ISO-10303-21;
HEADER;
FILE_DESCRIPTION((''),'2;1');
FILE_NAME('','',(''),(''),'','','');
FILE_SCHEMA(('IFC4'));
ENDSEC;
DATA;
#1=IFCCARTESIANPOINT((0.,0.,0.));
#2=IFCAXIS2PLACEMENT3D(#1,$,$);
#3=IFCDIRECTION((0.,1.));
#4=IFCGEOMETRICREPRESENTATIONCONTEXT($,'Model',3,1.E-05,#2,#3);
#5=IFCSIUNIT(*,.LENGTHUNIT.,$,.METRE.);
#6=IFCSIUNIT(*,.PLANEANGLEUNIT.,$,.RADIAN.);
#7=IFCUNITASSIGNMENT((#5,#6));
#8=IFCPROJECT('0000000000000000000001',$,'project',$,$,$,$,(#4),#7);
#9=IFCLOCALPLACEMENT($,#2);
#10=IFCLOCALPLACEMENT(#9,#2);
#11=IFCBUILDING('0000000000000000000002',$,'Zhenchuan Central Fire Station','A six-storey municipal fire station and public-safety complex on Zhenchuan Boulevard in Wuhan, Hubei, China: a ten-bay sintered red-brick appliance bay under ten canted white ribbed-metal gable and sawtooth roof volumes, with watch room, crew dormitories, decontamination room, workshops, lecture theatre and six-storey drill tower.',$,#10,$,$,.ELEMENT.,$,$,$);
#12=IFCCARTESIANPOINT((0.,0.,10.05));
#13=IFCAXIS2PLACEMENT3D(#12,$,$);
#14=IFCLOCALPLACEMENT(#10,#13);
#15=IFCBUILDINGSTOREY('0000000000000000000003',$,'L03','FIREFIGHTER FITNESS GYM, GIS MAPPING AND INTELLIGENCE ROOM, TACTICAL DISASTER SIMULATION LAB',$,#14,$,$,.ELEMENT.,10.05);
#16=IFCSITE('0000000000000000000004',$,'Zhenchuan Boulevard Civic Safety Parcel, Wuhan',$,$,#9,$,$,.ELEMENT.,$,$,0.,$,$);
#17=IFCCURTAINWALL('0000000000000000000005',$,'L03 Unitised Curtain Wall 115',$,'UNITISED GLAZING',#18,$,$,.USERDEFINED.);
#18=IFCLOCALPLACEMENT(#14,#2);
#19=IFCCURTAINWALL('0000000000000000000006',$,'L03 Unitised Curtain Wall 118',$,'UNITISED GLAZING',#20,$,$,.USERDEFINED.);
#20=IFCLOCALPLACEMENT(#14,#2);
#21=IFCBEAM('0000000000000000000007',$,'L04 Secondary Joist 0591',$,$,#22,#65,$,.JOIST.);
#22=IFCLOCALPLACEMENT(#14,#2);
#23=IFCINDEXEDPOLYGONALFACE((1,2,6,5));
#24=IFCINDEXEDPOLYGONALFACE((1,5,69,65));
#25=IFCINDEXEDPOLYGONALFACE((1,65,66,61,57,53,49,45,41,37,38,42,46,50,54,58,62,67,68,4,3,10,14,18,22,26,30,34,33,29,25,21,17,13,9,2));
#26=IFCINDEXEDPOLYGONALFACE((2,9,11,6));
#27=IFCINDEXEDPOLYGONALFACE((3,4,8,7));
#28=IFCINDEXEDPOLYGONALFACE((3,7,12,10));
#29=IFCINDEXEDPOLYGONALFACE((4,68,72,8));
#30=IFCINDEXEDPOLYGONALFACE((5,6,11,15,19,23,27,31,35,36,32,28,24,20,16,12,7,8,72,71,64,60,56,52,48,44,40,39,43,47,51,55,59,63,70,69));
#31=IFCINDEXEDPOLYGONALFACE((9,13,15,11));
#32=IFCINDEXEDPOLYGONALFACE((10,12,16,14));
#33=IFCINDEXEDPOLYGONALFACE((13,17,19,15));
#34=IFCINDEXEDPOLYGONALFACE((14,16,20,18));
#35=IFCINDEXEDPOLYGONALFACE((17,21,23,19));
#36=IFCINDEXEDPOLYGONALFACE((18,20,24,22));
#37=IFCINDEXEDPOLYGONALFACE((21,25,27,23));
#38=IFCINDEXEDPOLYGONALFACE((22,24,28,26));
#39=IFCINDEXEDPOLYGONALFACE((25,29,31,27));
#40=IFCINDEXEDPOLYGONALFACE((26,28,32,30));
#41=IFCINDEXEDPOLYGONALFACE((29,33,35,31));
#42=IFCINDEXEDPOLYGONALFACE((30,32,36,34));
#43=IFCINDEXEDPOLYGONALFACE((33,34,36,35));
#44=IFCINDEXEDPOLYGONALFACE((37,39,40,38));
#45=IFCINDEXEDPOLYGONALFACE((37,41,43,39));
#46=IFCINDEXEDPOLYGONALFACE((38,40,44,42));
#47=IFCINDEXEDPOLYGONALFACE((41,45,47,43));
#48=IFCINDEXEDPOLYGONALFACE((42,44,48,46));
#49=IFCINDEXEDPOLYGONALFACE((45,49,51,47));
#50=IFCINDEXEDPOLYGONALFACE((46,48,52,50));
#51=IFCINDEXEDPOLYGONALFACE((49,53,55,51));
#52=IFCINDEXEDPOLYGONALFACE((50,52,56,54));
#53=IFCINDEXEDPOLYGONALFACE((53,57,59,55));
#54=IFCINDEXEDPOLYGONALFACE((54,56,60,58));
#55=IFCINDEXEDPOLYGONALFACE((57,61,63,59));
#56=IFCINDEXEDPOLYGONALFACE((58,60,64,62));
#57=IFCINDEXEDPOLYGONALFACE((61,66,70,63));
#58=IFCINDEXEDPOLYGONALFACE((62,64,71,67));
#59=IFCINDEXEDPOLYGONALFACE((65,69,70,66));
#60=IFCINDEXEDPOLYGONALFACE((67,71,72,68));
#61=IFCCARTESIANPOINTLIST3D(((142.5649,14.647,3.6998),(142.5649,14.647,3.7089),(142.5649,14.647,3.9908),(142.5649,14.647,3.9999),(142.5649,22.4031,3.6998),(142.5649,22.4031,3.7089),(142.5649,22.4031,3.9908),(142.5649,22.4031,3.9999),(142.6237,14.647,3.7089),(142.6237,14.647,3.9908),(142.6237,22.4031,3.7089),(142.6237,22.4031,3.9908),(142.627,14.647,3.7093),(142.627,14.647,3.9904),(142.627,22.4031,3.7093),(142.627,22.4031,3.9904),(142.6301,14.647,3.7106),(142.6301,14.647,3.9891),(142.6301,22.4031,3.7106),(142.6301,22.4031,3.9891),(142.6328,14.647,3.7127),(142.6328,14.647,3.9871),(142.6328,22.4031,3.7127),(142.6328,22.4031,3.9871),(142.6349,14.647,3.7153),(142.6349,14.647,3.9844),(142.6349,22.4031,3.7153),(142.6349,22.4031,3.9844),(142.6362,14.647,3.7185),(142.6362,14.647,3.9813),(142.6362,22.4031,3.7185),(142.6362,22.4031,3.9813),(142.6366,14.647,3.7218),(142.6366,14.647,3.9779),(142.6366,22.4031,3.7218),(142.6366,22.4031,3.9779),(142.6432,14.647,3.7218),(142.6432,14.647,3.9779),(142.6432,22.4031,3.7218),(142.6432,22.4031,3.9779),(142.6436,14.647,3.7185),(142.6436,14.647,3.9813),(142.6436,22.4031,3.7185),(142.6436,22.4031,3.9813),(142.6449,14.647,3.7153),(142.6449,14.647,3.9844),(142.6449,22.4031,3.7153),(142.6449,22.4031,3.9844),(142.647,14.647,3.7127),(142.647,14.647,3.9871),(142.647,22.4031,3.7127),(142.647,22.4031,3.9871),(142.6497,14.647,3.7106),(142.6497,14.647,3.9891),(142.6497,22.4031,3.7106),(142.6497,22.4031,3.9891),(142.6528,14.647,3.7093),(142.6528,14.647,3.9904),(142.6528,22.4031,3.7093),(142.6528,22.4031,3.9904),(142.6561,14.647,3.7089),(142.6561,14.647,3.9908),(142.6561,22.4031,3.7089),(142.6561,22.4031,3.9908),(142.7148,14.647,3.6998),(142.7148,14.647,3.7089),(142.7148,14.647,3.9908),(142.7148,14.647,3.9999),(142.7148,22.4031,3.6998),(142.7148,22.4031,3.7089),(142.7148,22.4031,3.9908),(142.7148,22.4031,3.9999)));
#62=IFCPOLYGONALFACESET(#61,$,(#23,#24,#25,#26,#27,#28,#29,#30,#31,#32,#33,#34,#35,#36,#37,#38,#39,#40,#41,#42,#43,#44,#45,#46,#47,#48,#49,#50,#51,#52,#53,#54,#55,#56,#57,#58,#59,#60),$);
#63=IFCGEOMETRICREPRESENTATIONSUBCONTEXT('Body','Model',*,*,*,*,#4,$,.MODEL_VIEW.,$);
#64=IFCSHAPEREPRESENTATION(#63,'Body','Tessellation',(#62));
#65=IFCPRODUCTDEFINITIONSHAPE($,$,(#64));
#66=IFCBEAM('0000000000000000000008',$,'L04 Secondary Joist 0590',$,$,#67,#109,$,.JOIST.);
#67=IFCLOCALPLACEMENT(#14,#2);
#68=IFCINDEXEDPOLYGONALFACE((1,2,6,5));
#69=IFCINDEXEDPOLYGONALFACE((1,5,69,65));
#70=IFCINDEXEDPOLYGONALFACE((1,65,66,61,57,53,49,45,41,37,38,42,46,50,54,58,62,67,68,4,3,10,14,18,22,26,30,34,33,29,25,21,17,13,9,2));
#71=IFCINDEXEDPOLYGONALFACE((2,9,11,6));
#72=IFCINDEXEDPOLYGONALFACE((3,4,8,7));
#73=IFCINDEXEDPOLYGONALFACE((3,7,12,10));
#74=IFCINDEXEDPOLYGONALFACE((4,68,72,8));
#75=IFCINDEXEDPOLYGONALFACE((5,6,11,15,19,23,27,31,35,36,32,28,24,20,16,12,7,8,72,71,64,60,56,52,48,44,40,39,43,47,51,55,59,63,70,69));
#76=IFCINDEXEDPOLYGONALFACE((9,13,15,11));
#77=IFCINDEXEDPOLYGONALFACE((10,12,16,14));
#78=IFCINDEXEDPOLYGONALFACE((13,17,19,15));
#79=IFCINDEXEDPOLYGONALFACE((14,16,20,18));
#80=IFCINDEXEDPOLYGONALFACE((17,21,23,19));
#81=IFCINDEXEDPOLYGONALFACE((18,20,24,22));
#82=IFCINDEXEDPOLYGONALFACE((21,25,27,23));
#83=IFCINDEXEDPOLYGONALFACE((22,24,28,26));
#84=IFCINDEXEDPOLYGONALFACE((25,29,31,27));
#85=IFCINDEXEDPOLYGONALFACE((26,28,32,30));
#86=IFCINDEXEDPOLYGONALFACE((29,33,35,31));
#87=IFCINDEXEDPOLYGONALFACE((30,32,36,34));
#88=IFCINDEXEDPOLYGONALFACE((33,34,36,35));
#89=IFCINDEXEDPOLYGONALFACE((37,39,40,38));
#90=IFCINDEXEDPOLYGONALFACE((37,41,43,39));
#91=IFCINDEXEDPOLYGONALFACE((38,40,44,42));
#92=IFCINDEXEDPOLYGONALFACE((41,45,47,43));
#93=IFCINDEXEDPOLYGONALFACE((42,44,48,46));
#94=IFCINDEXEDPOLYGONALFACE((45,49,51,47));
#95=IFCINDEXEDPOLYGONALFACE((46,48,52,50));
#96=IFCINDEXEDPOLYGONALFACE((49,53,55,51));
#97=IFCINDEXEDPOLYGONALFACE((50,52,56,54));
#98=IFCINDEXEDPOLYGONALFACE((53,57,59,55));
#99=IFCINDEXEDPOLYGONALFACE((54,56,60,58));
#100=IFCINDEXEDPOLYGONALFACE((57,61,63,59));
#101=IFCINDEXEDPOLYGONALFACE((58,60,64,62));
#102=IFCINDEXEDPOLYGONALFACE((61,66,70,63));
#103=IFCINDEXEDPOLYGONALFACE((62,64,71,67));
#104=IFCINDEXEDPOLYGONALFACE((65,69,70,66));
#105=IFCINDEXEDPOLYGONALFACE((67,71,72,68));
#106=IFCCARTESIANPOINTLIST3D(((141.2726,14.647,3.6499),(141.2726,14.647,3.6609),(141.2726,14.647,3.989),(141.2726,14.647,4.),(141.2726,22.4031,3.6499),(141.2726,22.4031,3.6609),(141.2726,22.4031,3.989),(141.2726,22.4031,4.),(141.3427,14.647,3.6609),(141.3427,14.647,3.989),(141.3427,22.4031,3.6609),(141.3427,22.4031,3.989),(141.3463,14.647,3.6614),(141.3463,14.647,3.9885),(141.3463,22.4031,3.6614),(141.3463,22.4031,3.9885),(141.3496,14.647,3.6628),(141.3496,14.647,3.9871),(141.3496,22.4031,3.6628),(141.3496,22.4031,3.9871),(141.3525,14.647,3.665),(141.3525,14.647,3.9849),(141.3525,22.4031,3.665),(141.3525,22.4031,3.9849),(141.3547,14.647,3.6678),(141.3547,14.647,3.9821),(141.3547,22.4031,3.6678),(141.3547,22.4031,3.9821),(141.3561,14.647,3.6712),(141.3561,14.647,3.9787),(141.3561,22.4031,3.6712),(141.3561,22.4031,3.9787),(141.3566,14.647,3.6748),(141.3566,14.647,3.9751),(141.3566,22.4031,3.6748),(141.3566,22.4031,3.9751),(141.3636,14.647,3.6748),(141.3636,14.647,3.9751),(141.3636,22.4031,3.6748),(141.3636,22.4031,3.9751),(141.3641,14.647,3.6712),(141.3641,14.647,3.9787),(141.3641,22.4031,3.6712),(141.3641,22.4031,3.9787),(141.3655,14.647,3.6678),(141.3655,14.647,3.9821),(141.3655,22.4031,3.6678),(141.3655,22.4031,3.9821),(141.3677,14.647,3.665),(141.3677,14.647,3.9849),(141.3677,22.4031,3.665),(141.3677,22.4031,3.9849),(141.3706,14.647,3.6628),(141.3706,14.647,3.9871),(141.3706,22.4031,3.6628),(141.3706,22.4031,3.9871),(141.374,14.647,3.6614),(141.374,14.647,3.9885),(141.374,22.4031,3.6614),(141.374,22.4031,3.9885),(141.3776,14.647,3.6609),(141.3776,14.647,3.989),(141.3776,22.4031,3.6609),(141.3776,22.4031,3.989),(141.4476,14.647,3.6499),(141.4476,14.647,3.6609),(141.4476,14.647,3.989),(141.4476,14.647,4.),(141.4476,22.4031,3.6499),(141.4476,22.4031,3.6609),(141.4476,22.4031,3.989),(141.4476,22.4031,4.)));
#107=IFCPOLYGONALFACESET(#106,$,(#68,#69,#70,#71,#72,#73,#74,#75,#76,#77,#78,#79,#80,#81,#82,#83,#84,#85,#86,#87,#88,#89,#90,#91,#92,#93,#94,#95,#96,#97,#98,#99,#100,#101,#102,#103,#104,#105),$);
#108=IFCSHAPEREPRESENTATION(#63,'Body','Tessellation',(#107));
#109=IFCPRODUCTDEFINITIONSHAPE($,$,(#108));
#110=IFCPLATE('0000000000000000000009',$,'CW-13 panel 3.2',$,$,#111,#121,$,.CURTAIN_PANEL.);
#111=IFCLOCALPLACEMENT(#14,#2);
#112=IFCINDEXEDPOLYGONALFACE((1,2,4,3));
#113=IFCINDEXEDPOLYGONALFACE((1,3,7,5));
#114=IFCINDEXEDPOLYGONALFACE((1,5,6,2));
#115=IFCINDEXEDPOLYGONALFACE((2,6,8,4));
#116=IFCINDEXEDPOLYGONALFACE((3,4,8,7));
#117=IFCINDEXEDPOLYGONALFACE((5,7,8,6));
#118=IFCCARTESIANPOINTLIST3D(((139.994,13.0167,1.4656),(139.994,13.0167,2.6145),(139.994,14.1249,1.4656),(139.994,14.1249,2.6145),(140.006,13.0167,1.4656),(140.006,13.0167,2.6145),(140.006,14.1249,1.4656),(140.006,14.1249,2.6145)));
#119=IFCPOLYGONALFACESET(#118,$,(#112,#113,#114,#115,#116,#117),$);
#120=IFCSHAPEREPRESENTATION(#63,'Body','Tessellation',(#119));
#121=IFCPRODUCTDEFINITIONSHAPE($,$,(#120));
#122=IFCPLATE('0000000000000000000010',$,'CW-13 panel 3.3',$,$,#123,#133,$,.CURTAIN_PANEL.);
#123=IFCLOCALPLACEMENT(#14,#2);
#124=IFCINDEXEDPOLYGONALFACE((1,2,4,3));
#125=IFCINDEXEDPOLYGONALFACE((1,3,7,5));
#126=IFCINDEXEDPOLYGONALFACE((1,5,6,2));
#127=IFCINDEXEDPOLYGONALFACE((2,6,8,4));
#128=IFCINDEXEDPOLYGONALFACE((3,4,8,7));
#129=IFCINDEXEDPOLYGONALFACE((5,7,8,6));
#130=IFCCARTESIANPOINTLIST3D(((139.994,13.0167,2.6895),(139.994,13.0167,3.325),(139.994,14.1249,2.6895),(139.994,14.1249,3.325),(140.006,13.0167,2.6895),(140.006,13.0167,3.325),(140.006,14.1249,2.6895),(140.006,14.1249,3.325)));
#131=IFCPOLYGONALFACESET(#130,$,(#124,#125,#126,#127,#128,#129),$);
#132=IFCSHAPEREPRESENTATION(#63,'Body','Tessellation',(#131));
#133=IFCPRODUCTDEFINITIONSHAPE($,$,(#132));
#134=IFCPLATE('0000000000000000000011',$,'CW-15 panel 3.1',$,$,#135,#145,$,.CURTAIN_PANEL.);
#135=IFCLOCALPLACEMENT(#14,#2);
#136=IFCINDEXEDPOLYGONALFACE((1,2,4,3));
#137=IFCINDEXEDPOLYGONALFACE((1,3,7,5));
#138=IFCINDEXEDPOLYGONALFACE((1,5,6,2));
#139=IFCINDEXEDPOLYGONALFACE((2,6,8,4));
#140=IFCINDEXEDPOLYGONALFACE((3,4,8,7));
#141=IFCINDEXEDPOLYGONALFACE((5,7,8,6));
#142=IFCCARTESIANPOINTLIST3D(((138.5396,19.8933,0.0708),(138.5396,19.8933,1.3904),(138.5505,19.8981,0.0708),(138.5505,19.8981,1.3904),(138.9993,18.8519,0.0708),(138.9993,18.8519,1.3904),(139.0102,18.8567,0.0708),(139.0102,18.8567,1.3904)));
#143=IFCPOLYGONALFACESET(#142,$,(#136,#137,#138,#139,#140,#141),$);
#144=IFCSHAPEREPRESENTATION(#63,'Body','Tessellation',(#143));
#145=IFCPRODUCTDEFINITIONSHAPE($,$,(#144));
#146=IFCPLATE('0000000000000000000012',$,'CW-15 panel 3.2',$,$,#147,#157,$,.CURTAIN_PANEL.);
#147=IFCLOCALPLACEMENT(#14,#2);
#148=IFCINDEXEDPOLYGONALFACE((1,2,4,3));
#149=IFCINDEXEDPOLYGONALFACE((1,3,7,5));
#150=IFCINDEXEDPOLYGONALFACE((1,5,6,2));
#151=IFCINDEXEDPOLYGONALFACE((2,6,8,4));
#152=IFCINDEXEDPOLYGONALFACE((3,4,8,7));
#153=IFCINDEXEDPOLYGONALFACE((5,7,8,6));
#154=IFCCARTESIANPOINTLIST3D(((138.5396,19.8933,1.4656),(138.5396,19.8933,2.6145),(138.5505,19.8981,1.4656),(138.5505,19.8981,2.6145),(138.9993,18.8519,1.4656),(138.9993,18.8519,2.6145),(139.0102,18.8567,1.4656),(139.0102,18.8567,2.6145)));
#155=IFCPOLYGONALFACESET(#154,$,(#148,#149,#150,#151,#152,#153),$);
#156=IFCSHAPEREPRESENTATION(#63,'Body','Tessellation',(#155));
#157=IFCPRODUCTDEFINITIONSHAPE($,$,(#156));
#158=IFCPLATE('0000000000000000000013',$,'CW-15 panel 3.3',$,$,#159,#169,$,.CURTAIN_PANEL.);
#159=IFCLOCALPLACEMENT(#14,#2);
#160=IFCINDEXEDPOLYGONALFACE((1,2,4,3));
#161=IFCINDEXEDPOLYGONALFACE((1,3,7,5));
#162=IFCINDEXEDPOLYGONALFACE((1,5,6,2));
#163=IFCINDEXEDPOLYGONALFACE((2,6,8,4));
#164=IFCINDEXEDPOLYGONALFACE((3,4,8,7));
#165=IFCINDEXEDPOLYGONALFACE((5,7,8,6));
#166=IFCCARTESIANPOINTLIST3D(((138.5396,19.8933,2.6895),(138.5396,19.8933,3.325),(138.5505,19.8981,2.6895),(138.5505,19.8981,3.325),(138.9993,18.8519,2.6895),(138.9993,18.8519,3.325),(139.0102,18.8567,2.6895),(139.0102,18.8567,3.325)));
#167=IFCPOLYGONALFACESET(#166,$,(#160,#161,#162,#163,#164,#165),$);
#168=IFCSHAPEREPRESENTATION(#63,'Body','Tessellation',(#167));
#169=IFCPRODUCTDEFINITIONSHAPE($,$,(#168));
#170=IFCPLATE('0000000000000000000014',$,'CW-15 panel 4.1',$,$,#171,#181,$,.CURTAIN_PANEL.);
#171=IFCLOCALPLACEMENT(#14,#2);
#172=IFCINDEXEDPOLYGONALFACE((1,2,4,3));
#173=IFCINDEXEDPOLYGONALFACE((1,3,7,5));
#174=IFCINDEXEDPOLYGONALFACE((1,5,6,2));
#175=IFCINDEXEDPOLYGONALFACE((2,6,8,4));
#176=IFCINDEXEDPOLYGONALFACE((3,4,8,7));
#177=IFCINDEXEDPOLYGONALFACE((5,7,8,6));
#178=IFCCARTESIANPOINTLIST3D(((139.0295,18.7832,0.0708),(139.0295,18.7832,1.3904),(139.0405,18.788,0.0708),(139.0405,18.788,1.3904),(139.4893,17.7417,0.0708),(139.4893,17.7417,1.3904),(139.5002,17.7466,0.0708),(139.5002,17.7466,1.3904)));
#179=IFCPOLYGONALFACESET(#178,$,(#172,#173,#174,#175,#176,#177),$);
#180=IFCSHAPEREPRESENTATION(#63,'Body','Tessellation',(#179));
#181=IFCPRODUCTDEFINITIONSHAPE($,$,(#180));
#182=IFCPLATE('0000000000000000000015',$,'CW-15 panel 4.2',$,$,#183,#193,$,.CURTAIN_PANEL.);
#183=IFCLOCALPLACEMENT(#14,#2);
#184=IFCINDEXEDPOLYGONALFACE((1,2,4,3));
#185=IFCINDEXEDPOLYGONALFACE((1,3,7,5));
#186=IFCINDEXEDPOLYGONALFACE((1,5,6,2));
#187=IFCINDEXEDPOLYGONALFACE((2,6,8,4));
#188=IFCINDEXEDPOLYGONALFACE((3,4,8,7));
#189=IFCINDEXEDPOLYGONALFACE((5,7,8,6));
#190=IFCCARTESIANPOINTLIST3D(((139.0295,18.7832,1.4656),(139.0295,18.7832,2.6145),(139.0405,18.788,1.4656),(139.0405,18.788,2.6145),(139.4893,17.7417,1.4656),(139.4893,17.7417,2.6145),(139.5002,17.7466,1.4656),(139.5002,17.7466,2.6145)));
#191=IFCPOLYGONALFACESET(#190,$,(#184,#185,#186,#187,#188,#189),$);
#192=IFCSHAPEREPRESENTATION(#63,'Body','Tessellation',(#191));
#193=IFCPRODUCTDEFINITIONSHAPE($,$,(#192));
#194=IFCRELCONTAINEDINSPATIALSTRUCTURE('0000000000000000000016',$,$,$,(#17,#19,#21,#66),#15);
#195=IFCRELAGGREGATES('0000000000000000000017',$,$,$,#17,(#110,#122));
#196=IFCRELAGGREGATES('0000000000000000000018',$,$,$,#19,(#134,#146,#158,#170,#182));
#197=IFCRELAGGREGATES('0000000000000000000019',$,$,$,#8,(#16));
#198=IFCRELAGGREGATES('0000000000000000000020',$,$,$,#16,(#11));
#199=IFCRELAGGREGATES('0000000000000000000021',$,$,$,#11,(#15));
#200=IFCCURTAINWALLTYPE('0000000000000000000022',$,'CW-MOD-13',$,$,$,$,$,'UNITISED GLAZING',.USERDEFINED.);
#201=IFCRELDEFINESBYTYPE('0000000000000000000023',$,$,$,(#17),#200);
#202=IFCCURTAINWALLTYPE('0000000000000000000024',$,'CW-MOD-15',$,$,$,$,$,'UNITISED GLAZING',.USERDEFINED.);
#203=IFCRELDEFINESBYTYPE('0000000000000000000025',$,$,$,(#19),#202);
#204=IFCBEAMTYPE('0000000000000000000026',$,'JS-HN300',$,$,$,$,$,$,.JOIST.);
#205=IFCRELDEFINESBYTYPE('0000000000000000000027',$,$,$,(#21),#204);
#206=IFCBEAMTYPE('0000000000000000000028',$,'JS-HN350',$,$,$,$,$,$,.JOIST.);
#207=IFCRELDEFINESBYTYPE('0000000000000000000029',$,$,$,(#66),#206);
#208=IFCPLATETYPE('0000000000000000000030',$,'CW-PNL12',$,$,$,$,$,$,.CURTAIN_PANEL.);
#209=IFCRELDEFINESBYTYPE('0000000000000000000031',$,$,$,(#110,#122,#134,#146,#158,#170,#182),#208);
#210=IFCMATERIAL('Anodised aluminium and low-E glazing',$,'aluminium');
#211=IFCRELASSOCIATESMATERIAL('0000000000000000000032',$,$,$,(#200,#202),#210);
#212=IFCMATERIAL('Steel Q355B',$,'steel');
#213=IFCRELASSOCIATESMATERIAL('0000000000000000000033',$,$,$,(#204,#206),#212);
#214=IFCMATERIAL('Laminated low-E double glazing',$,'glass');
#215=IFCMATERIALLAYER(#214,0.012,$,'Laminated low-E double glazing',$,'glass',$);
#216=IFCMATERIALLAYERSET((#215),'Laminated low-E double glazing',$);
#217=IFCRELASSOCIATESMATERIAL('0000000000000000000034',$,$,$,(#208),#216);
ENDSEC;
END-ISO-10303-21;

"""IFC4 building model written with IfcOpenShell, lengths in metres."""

from ifc_helpers import new_model, si_unit, direction, frame, origin, origin_2d, place, context, subcontext, project, spatial, rectangle, i_section, extrude, material, layer, layer_set, material_profile, profile_set, type_object, element, aggregate, save


model = new_model("IFC4")

# Units and contexts
model_context = context("Model", 3, precision=1e-05, world=origin(), true_north=direction((0.0, 1.0)))
body_context = subcontext(model_context, "Body", "Model", "MODEL_VIEW")
ifc_project = project(units=[si_unit("LENGTHUNIT", "METRE"), si_unit("PLANEANGLEUNIT", "RADIAN")], contexts=[model_context])

# Site, building, storey
site_placement = place(None, origin())
site = spatial("IfcSite", under=ifc_project, at=site_placement, Name="Zhenchuan Boulevard Civic Safety Parcel, Wuhan", CompositionType="ELEMENT", RefElevation=0.0)
building_placement = place(site_placement, origin())
building = spatial("IfcBuilding", under=site, at=building_placement, Name="Zhenchuan Central Fire Station", Description="A six-storey municipal fire station and public-safety complex on Zhenchuan Boulevard in Wuhan, Hubei, China: a ten-bay sintered red-brick appliance bay under ten canted white ribbed-metal gable and sawtooth roof volumes, with watch room, crew dormitories, decontamination room, workshops, lecture theatre and six-storey drill tower.", CompositionType="ELEMENT")
storey_placement = place(building_placement, frame((0.0, 0.0, 10.05)))
storey = spatial("IfcBuildingStorey", under=building, at=storey_placement, Name="L03", Description="FIREFIGHTER FITNESS GYM, GIS MAPPING AND INTELLIGENCE ROOM, TACTICAL DISASTER SIMULATION LAB", CompositionType="ELEMENT", Elevation=10.05)

# Shared definitions
ifc_material_1 = material(Name="Steel Q355B", Category="steel")

# Curtain wall
ifc_material_2 = material(Name="Anodised aluminium and low-E glazing", Category="aluminium")
curtain_wall_type_1 = type_object("IfcCurtainWallType", Name="CW-MOD-13", ElementType="UNITISED GLAZING", PredefinedType="USERDEFINED", material=ifc_material_2)
curtain_wall_1_placement = place(storey_placement, origin())
curtain_wall_1 = element("IfcCurtainWall", 1, at=curtain_wall_1_placement, inside=storey, type_object=curtain_wall_type_1, Name="L03 Unitised Curtain Wall 115", ObjectType="UNITISED GLAZING", PredefinedType="USERDEFINED")

# Curtain wall
curtain_wall_type_2 = type_object("IfcCurtainWallType", Name="CW-MOD-15", ElementType="UNITISED GLAZING", PredefinedType="USERDEFINED", material=ifc_material_2)
curtain_wall_2_placement = place(storey_placement, origin())
curtain_wall_2 = element("IfcCurtainWall", 2, at=curtain_wall_2_placement, inside=storey, type_object=curtain_wall_type_2, Name="L03 Unitised Curtain Wall 118", ObjectType="UNITISED GLAZING", PredefinedType="USERDEFINED")

# Beams
ifc_material_profile_1 = material_profile(ifc_material_1, i_section(OverallWidth=0.1499, OverallDepth=0.3, WebThickness=0.0066, FlangeThickness=0.009, FilletRadius=0.0129, at=origin_2d()), Name="HN 300x150")
ifc_profile_set_1 = profile_set([ifc_material_profile_1], Name="Steel Q355B")
beam_type_1 = type_object("IfcBeamType", Name="JS-HN300", PredefinedType="JOIST", material=ifc_profile_set_1)
beam_1_placement = place(storey_placement, frame((142.6399, 14.647, 3.8499), z_axis=(0.0, 1.0, 0.0), x_axis=(-1.0, 0.0, 0.0)))
element("IfcBeam", 3, at=beam_1_placement, inside=storey, type_object=beam_type_1, Name="L04 Secondary Joist 0591", PredefinedType="JOIST", context=body_context, shape_type="SweptSolid", body=[
    extrude(i_section(OverallWidth=0.1499, OverallDepth=0.3, WebThickness=0.0066, FlangeThickness=0.009, FilletRadius=0.0129, at=origin_2d()), origin(), (0.0, 0.0, 1.0), 7.7561),
])
ifc_material_profile_2 = material_profile(ifc_material_1, i_section(OverallWidth=0.175, OverallDepth=0.3501, WebThickness=0.0071, FlangeThickness=0.011, FilletRadius=0.0139, at=origin_2d()), Name="HN 350x175")
ifc_profile_set_2 = profile_set([ifc_material_profile_2], Name="Steel Q355B")
beam_type_2 = type_object("IfcBeamType", Name="JS-HN350", PredefinedType="JOIST", material=ifc_profile_set_2)
beam_2_placement = place(storey_placement, frame((141.3601, 14.647, 3.825), z_axis=(0.0, 1.0, 0.0), x_axis=(-1.0, 0.0, 0.0)))
element("IfcBeam", 4, at=beam_2_placement, inside=storey, type_object=beam_type_2, Name="L04 Secondary Joist 0590", PredefinedType="JOIST", context=body_context, shape_type="SweptSolid", body=[
    extrude(i_section(OverallWidth=0.175, OverallDepth=0.3501, WebThickness=0.0071, FlangeThickness=0.011, FilletRadius=0.0139, at=origin_2d()), origin(), (0.0, 0.0, 1.0), 7.7561),
])

# Plates
ifc_material_3 = material(Name="Laminated low-E double glazing", Category="glass")
ifc_layer_1 = layer(ifc_material_3, 0.012, Name="Laminated low-E double glazing", Category="glass")
ifc_layer_set_1 = layer_set([ifc_layer_1], Name="Laminated low-E double glazing")
plate_type = type_object("IfcPlateType", Name="CW-PNL12", PredefinedType="CURTAIN_PANEL", material=ifc_layer_set_1)
plate_1_placement = place(storey_placement, frame((140.0, 13.5708, 1.4656), z_axis=(0.0, 0.0, 1.0), x_axis=(0.0, 1.0, 0.0)))
plate_1 = element("IfcPlate", 5, at=plate_1_placement, type_object=plate_type, Name="CW-13 panel 3.2", PredefinedType="CURTAIN_PANEL", context=body_context, shape_type="SweptSolid", body=[
    extrude(rectangle(XDim=1.1082, YDim=0.012, at=origin_2d()), origin(), (0.0, 0.0, 1.0), 1.1489),
])
plate_2_placement = place(storey_placement, frame((140.0, 13.5708, 2.6895), z_axis=(0.0, 0.0, 1.0), x_axis=(0.0, 1.0, 0.0)))
plate_2 = element("IfcPlate", 6, at=plate_2_placement, type_object=plate_type, Name="CW-13 panel 3.3", PredefinedType="CURTAIN_PANEL", context=body_context, shape_type="SweptSolid", body=[
    extrude(rectangle(XDim=1.1082, YDim=0.012, at=origin_2d()), origin(), (0.0, 0.0, 1.0), 0.6355),
])
aggregate(curtain_wall_1, [plate_1, plate_2])
plate_3_placement = place(storey_placement, frame((138.7749, 19.375, 0.0708), z_axis=(0.0, 0.0, 1.0), x_axis=(0.403843, -0.914828, 0.0)))
plate_3 = element("IfcPlate", 7, at=plate_3_placement, type_object=plate_type, Name="CW-15 panel 3.1", PredefinedType="CURTAIN_PANEL", context=body_context, shape_type="SweptSolid", body=[
    extrude(rectangle(XDim=1.1384, YDim=0.012, at=origin_2d()), origin(), (0.0, 0.0, 1.0), 1.3196),
])
plate_4_placement = place(storey_placement, frame((138.7749, 19.375, 1.4656), z_axis=(0.0, 0.0, 1.0), x_axis=(0.403843, -0.914828, 0.0)))
plate_4 = element("IfcPlate", 8, at=plate_4_placement, type_object=plate_type, Name="CW-15 panel 3.2", PredefinedType="CURTAIN_PANEL", context=body_context, shape_type="SweptSolid", body=[
    extrude(rectangle(XDim=1.1384, YDim=0.012, at=origin_2d()), origin(), (0.0, 0.0, 1.0), 1.1489),
])
plate_5_placement = place(storey_placement, frame((138.7749, 19.375, 2.6895), z_axis=(0.0, 0.0, 1.0), x_axis=(0.403843, -0.914828, 0.0)))
plate_5 = element("IfcPlate", 9, at=plate_5_placement, type_object=plate_type, Name="CW-15 panel 3.3", PredefinedType="CURTAIN_PANEL", context=body_context, shape_type="SweptSolid", body=[
    extrude(rectangle(XDim=1.1384, YDim=0.012, at=origin_2d()), origin(), (0.0, 0.0, 1.0), 0.6355),
])
plate_6_placement = place(storey_placement, frame((139.2649, 18.2649, 0.0708), z_axis=(0.0, 0.0, 1.0), x_axis=(0.403843, -0.914828, 0.0)))
plate_6 = element("IfcPlate", 10, at=plate_6_placement, type_object=plate_type, Name="CW-15 panel 4.1", PredefinedType="CURTAIN_PANEL", context=body_context, shape_type="SweptSolid", body=[
    extrude(rectangle(XDim=1.1384, YDim=0.012, at=origin_2d()), origin(), (0.0, 0.0, 1.0), 1.3196),
])
plate_7_placement = place(storey_placement, frame((139.2649, 18.2649, 1.4656), z_axis=(0.0, 0.0, 1.0), x_axis=(0.403843, -0.914828, 0.0)))
plate_7 = element("IfcPlate", 11, at=plate_7_placement, type_object=plate_type, Name="CW-15 panel 4.2", PredefinedType="CURTAIN_PANEL", context=body_context, shape_type="SweptSolid", body=[
    extrude(rectangle(XDim=1.1384, YDim=0.012, at=origin_2d()), origin(), (0.0, 0.0, 1.0), 1.1489),
])
aggregate(curtain_wall_2, [plate_3, plate_4, plate_5, plate_6, plate_7])

save(model, "model.ifc")
